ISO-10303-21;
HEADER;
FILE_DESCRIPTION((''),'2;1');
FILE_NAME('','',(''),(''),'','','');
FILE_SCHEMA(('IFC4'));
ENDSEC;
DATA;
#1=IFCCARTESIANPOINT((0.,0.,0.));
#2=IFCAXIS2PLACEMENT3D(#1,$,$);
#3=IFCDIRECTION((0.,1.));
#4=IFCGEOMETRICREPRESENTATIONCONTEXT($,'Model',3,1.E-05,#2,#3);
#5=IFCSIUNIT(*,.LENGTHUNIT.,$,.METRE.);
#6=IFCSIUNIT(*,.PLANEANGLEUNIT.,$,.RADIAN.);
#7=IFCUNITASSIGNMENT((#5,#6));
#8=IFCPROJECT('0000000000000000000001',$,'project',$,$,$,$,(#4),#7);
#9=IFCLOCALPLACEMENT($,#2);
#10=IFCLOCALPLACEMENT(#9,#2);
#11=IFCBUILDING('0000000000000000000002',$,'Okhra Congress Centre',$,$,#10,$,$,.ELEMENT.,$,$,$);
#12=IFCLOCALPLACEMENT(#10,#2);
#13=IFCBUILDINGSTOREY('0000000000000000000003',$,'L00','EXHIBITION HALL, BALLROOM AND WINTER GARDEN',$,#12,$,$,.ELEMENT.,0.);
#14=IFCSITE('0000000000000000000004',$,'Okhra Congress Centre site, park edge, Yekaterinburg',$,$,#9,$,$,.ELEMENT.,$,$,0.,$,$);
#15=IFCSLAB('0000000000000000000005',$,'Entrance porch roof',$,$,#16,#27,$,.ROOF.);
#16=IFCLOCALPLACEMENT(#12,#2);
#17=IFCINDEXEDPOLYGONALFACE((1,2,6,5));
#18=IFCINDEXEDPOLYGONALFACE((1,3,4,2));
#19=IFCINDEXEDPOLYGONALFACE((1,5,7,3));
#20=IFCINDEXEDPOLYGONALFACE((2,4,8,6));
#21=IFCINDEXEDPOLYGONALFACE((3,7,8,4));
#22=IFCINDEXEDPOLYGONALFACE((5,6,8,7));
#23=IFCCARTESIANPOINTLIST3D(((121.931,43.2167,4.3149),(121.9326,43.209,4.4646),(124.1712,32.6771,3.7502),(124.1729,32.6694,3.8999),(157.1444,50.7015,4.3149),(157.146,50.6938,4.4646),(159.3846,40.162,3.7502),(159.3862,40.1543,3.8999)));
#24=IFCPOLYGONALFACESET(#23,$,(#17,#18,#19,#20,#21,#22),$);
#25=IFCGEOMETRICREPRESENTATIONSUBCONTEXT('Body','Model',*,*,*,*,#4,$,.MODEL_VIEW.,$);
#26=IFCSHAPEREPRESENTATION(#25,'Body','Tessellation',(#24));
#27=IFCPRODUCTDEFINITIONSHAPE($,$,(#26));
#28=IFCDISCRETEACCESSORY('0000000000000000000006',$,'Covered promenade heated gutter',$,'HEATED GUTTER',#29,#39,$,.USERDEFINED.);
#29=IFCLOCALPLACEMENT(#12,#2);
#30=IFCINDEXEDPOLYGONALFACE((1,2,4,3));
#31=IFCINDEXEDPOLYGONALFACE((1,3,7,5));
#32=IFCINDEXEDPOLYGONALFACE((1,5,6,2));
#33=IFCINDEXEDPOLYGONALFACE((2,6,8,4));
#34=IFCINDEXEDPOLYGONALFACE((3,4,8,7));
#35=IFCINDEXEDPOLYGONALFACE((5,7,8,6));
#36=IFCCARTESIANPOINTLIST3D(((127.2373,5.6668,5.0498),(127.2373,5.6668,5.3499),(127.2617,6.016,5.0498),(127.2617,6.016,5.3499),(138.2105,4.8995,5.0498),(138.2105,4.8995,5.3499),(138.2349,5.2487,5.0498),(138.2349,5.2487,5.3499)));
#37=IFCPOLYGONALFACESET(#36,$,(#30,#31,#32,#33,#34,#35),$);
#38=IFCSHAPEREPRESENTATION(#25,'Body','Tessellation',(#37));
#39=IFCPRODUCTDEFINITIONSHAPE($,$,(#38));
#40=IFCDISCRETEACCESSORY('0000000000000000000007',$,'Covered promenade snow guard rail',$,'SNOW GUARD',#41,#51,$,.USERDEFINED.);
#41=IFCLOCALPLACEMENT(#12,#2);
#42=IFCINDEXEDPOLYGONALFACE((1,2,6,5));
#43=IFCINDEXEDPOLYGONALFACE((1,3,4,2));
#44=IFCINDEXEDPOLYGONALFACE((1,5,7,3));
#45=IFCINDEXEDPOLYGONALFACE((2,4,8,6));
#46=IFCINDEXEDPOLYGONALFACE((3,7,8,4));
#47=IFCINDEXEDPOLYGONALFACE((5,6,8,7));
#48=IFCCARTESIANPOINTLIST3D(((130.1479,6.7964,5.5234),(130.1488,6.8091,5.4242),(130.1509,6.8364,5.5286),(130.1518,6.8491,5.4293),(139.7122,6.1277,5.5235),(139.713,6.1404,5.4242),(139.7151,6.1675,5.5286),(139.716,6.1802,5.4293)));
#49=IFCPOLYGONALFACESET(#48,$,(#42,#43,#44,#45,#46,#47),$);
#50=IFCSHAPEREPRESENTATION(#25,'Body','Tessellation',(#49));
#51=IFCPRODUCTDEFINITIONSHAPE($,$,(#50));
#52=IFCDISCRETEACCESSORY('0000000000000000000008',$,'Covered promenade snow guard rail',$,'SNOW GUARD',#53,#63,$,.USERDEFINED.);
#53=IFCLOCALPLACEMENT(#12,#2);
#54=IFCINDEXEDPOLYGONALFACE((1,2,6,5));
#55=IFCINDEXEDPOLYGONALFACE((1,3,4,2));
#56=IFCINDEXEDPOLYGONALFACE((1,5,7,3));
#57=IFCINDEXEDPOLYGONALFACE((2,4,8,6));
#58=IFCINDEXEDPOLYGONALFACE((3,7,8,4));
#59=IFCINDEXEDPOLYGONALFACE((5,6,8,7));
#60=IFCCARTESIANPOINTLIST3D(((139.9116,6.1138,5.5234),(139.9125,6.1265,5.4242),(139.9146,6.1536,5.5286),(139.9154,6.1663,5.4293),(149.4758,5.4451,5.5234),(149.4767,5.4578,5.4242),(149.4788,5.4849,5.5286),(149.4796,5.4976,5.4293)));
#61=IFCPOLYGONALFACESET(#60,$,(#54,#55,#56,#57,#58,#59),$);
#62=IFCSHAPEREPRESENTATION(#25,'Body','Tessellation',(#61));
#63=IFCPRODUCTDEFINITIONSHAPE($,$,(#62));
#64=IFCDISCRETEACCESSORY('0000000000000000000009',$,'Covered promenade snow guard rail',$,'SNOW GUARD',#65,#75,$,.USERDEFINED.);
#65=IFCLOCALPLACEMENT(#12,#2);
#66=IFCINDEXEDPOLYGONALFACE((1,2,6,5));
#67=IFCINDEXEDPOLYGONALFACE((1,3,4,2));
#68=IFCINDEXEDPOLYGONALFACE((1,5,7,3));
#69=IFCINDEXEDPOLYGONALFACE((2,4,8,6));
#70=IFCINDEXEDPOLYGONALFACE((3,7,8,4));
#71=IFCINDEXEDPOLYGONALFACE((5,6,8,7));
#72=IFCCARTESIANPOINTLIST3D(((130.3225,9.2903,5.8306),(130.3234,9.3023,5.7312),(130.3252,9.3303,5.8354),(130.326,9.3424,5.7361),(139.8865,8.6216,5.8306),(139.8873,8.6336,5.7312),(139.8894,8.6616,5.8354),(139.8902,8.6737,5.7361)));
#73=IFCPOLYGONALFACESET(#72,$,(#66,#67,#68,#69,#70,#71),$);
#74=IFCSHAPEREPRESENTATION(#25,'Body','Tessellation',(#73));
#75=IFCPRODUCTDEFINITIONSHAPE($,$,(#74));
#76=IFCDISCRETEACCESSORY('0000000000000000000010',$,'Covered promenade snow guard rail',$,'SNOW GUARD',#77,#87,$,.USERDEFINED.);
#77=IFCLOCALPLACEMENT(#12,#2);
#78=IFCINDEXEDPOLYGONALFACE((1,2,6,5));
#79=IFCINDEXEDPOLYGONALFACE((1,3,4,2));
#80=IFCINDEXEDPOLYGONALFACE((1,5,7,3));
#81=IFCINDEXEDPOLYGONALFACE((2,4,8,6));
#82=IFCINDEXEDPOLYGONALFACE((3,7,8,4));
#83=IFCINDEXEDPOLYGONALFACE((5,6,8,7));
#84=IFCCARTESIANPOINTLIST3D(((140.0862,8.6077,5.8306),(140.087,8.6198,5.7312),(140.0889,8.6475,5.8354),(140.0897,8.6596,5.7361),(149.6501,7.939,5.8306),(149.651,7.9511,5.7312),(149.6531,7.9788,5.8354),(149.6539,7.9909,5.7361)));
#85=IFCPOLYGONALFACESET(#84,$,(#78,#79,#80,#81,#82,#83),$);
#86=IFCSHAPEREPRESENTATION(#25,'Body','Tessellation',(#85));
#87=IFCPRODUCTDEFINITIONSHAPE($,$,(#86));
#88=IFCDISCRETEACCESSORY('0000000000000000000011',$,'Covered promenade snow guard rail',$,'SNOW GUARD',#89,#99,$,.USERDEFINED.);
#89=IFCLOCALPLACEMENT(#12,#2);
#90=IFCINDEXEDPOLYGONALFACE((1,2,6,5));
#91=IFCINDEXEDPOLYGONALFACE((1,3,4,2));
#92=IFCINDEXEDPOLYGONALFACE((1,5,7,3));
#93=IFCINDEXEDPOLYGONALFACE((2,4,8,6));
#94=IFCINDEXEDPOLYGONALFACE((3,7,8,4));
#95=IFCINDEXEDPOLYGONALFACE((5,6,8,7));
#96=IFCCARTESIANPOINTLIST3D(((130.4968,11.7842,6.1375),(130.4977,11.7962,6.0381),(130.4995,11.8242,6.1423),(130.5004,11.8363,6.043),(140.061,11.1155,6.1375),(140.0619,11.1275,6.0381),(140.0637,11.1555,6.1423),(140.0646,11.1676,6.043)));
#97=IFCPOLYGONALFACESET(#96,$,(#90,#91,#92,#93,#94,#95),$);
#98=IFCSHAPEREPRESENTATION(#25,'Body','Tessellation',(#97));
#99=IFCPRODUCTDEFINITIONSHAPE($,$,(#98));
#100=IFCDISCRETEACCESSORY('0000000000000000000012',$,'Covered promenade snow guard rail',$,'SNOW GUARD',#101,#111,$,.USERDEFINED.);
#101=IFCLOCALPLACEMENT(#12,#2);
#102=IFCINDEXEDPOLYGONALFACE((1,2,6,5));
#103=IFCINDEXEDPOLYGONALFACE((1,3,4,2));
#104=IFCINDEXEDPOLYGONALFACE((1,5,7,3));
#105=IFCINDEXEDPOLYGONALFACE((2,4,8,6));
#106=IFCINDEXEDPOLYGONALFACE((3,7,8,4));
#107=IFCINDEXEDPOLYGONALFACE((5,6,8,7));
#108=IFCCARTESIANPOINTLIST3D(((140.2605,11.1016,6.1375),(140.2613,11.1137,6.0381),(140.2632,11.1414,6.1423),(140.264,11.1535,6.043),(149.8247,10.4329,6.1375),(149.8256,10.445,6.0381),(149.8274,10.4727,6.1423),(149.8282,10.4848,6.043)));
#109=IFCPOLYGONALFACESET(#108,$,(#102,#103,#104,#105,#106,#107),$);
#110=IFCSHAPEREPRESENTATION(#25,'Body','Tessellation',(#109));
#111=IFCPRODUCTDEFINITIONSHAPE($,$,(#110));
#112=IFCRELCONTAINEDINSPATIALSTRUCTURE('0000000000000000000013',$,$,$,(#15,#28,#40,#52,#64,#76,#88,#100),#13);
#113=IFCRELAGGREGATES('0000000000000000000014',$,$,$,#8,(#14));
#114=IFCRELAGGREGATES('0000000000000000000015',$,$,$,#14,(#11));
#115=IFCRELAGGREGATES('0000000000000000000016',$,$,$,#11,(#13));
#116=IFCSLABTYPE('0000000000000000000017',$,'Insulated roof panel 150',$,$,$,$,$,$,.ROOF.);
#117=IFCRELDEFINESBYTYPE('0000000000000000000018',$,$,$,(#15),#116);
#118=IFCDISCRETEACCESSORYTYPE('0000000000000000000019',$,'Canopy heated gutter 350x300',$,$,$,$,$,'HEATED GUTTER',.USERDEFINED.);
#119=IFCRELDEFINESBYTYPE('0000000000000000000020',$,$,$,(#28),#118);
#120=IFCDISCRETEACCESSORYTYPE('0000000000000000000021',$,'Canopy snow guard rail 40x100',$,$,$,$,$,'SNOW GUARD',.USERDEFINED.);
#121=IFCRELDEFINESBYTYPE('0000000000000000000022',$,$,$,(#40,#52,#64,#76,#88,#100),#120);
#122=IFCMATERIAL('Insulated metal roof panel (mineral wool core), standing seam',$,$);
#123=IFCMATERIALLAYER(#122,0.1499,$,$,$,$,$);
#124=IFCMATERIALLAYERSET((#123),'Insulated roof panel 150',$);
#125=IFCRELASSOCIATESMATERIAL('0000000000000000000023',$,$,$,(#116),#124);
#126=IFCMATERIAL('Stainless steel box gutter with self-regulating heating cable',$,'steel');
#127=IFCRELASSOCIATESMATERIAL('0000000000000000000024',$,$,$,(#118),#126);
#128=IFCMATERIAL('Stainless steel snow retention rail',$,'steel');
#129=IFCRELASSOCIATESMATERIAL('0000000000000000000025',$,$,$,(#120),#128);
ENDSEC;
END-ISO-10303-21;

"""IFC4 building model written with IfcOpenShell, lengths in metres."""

from ifc_helpers import new_model, si_unit, direction, frame, origin, origin_2d, place, context, subcontext, project, spatial, polyline, rectangle, outline, extrude, material, layer, layer_set, type_object, element, save


model = new_model("IFC4")

# Units and contexts
model_context = context("Model", 3, precision=1e-05, world=origin(), true_north=direction((0.0, 1.0)))
body_context = subcontext(model_context, "Body", "Model", "MODEL_VIEW")
ifc_project = project(units=[si_unit("LENGTHUNIT", "METRE"), si_unit("PLANEANGLEUNIT", "RADIAN")], contexts=[model_context])

# Site, building, storey
site_placement = place(None, origin())
site = spatial("IfcSite", under=ifc_project, at=site_placement, Name="Okhra Congress Centre site, park edge, Yekaterinburg", CompositionType="ELEMENT", RefElevation=0.0)
building_placement = place(site_placement, origin())
building = spatial("IfcBuilding", under=site, at=building_placement, Name="Okhra Congress Centre", CompositionType="ELEMENT")
storey_placement = place(building_placement, origin())
storey = spatial("IfcBuildingStorey", under=building, at=storey_placement, Name="L00", Description="EXHIBITION HALL, BALLROOM AND WINTER GARDEN", CompositionType="ELEMENT", Elevation=0.0)

# Slab
ifc_material_1 = material(Name="Insulated metal roof panel (mineral wool core), standing seam")
ifc_layer = layer(ifc_material_1, 0.1499)
ifc_layer_set = layer_set([ifc_layer], Name="Insulated roof panel 150")
slab_type = type_object("IfcSlabType", Name="Insulated roof panel 150", PredefinedType="ROOF", material=ifc_layer_set)
slab_placement = place(storey_placement, frame((124.1729, 32.6694, 3.8999), z_axis=(0.010881, -0.051193, 0.99863), x_axis=(0.978147, 0.207912, 0.0)))
element("IfcSlab", 1, at=slab_placement, inside=storey, type_object=slab_type, Name="Entrance porch roof", PredefinedType="ROOF", context=body_context, shape_type="SweptSolid", body=[
    extrude(outline(polyline([(0.0, 0.0), (36.0001, 0.0), (36.0001, 10.7898), (0.0, 10.7898), (0.0, 0.0)])), origin(), (0.0, 0.0, -1.0), 0.1499),
])

# Discrete accessories
ifc_material_2 = material(Name="Stainless steel box gutter with self-regulating heating cable", Category="steel")
discrete_accessory_type_1 = type_object("IfcDiscreteAccessoryType", Name="Canopy heated gutter 350x300", ElementType="HEATED GUTTER", PredefinedType="USERDEFINED", material=ifc_material_2)
discrete_accessory_1_placement = place(storey_placement, frame((132.7361, 5.4578, 5.0498), z_axis=(0.0, 0.0, 1.0), x_axis=(0.997564, -0.069756, 0.0)))
element("IfcDiscreteAccessory", 2, at=discrete_accessory_1_placement, inside=storey, type_object=discrete_accessory_type_1, Name="Covered promenade heated gutter", ObjectType="HEATED GUTTER", PredefinedType="USERDEFINED", context=body_context, shape_type="SweptSolid", body=[
    extrude(rectangle(XDim=11.0, YDim=0.3501, at=origin_2d()), origin(), (0.0, 0.0, 1.0), 0.3),
])
ifc_material_3 = material(Name="Stainless steel snow retention rail", Category="steel")
discrete_accessory_type_2 = type_object("IfcDiscreteAccessoryType", Name="Canopy snow guard rail 40x100", ElementType="SNOW GUARD", PredefinedType="USERDEFINED", material=ifc_material_3)
discrete_accessory_2_placement = place(storey_placement, frame((130.1479, 6.7964, 5.5234), z_axis=(-0.008864, -0.126749, 0.991895), x_axis=(0.997565, -0.069747, 0.000002)))
element("IfcDiscreteAccessory", 3, at=discrete_accessory_2_placement, inside=storey, type_object=discrete_accessory_type_2, Name="Covered promenade snow guard rail", ObjectType="SNOW GUARD", PredefinedType="USERDEFINED", context=body_context, shape_type="SweptSolid", body=[
    extrude(outline(polyline([(0.0, 0.0), (9.5876, 0.0), (9.5877, 0.0402), (0.0001, 0.0405), (0.0, 0.0)])), origin(), (0.0, 0.0, -1.0), 0.1001),
])
discrete_accessory_3_placement = place(storey_placement, frame((139.9116, 6.1138, 5.5234), z_axis=(-0.008889, -0.12713, 0.991846), x_axis=(0.997565, -0.069747, 0.0)))
element("IfcDiscreteAccessory", 4, at=discrete_accessory_3_placement, inside=storey, type_object=discrete_accessory_type_2, Name="Covered promenade snow guard rail", ObjectType="SNOW GUARD", PredefinedType="USERDEFINED", context=body_context, shape_type="SweptSolid", body=[
    extrude(outline(polyline([(0.0, 0.0), (9.5876, 0.0), (9.5877, 0.0402), (0.0001, 0.0402), (0.0, 0.0)])), origin(), (0.0, 0.0, -1.0), 0.1001),
])
discrete_accessory_4_placement = place(storey_placement, frame((130.3225, 9.2903, 5.8306), z_axis=(-0.008423, -0.120468, 0.992681), x_axis=(0.997565, -0.069749, 0.0)))
element("IfcDiscreteAccessory", 5, at=discrete_accessory_4_placement, inside=storey, type_object=discrete_accessory_type_2, Name="Covered promenade snow guard rail", ObjectType="SNOW GUARD", PredefinedType="USERDEFINED", context=body_context, shape_type="SweptSolid", body=[
    extrude(outline(polyline([(0.0, 0.0), (9.5873, 0.0), (9.5874, 0.0404), (-0.0001, 0.0404), (0.0, 0.0)])), origin(), (0.0, 0.0, -1.0), 0.1001),
])
discrete_accessory_5_placement = place(storey_placement, frame((140.0862, 8.6077, 5.8306), z_axis=(-0.008474, -0.121193, 0.992593), x_axis=(0.997565, -0.069749, 0.0)))
element("IfcDiscreteAccessory", 6, at=discrete_accessory_5_placement, inside=storey, type_object=discrete_accessory_type_2, Name="Covered promenade snow guard rail", ObjectType="SNOW GUARD", PredefinedType="USERDEFINED", context=body_context, shape_type="SweptSolid", body=[
    extrude(outline(polyline([(0.0, 0.0), (9.5873, 0.0), (9.5875, 0.0402), (-0.0001, 0.0402), (0.0, 0.0)])), origin(), (0.0, 0.0, -1.0), 0.1001),
])
discrete_accessory_6_placement = place(storey_placement, frame((130.4968, 11.7842, 6.1375), z_axis=(-0.008425, -0.120493, 0.992678), x_axis=(0.997565, -0.069747, 0.0)))
element("IfcDiscreteAccessory", 7, at=discrete_accessory_6_placement, inside=storey, type_object=discrete_accessory_type_2, Name="Covered promenade snow guard rail", ObjectType="SNOW GUARD", PredefinedType="USERDEFINED", context=body_context, shape_type="SweptSolid", body=[
    extrude(outline(polyline([(0.0, 0.0), (9.5876, 0.0), (9.5874, 0.0404), (-0.0001, 0.0404), (0.0, 0.0)])), origin(), (0.0, 0.0, -1.0), 0.1001),
])
discrete_accessory_7_placement = place(storey_placement, frame((140.2605, 11.1016, 6.1375), z_axis=(-0.008475, -0.121218, 0.99259), x_axis=(0.997565, -0.069747, 0.0)))
element("IfcDiscreteAccessory", 8, at=discrete_accessory_7_placement, inside=storey, type_object=discrete_accessory_type_2, Name="Covered promenade snow guard rail", ObjectType="SNOW GUARD", PredefinedType="USERDEFINED", context=body_context, shape_type="SweptSolid", body=[
    extrude(outline(polyline([(0.0, 0.0), (9.5876, 0.0), (9.5875, 0.0402), (-0.0001, 0.0402), (0.0, 0.0)])), origin(), (0.0, 0.0, -1.0), 0.1001),
])

save(model, "model.ifc")
